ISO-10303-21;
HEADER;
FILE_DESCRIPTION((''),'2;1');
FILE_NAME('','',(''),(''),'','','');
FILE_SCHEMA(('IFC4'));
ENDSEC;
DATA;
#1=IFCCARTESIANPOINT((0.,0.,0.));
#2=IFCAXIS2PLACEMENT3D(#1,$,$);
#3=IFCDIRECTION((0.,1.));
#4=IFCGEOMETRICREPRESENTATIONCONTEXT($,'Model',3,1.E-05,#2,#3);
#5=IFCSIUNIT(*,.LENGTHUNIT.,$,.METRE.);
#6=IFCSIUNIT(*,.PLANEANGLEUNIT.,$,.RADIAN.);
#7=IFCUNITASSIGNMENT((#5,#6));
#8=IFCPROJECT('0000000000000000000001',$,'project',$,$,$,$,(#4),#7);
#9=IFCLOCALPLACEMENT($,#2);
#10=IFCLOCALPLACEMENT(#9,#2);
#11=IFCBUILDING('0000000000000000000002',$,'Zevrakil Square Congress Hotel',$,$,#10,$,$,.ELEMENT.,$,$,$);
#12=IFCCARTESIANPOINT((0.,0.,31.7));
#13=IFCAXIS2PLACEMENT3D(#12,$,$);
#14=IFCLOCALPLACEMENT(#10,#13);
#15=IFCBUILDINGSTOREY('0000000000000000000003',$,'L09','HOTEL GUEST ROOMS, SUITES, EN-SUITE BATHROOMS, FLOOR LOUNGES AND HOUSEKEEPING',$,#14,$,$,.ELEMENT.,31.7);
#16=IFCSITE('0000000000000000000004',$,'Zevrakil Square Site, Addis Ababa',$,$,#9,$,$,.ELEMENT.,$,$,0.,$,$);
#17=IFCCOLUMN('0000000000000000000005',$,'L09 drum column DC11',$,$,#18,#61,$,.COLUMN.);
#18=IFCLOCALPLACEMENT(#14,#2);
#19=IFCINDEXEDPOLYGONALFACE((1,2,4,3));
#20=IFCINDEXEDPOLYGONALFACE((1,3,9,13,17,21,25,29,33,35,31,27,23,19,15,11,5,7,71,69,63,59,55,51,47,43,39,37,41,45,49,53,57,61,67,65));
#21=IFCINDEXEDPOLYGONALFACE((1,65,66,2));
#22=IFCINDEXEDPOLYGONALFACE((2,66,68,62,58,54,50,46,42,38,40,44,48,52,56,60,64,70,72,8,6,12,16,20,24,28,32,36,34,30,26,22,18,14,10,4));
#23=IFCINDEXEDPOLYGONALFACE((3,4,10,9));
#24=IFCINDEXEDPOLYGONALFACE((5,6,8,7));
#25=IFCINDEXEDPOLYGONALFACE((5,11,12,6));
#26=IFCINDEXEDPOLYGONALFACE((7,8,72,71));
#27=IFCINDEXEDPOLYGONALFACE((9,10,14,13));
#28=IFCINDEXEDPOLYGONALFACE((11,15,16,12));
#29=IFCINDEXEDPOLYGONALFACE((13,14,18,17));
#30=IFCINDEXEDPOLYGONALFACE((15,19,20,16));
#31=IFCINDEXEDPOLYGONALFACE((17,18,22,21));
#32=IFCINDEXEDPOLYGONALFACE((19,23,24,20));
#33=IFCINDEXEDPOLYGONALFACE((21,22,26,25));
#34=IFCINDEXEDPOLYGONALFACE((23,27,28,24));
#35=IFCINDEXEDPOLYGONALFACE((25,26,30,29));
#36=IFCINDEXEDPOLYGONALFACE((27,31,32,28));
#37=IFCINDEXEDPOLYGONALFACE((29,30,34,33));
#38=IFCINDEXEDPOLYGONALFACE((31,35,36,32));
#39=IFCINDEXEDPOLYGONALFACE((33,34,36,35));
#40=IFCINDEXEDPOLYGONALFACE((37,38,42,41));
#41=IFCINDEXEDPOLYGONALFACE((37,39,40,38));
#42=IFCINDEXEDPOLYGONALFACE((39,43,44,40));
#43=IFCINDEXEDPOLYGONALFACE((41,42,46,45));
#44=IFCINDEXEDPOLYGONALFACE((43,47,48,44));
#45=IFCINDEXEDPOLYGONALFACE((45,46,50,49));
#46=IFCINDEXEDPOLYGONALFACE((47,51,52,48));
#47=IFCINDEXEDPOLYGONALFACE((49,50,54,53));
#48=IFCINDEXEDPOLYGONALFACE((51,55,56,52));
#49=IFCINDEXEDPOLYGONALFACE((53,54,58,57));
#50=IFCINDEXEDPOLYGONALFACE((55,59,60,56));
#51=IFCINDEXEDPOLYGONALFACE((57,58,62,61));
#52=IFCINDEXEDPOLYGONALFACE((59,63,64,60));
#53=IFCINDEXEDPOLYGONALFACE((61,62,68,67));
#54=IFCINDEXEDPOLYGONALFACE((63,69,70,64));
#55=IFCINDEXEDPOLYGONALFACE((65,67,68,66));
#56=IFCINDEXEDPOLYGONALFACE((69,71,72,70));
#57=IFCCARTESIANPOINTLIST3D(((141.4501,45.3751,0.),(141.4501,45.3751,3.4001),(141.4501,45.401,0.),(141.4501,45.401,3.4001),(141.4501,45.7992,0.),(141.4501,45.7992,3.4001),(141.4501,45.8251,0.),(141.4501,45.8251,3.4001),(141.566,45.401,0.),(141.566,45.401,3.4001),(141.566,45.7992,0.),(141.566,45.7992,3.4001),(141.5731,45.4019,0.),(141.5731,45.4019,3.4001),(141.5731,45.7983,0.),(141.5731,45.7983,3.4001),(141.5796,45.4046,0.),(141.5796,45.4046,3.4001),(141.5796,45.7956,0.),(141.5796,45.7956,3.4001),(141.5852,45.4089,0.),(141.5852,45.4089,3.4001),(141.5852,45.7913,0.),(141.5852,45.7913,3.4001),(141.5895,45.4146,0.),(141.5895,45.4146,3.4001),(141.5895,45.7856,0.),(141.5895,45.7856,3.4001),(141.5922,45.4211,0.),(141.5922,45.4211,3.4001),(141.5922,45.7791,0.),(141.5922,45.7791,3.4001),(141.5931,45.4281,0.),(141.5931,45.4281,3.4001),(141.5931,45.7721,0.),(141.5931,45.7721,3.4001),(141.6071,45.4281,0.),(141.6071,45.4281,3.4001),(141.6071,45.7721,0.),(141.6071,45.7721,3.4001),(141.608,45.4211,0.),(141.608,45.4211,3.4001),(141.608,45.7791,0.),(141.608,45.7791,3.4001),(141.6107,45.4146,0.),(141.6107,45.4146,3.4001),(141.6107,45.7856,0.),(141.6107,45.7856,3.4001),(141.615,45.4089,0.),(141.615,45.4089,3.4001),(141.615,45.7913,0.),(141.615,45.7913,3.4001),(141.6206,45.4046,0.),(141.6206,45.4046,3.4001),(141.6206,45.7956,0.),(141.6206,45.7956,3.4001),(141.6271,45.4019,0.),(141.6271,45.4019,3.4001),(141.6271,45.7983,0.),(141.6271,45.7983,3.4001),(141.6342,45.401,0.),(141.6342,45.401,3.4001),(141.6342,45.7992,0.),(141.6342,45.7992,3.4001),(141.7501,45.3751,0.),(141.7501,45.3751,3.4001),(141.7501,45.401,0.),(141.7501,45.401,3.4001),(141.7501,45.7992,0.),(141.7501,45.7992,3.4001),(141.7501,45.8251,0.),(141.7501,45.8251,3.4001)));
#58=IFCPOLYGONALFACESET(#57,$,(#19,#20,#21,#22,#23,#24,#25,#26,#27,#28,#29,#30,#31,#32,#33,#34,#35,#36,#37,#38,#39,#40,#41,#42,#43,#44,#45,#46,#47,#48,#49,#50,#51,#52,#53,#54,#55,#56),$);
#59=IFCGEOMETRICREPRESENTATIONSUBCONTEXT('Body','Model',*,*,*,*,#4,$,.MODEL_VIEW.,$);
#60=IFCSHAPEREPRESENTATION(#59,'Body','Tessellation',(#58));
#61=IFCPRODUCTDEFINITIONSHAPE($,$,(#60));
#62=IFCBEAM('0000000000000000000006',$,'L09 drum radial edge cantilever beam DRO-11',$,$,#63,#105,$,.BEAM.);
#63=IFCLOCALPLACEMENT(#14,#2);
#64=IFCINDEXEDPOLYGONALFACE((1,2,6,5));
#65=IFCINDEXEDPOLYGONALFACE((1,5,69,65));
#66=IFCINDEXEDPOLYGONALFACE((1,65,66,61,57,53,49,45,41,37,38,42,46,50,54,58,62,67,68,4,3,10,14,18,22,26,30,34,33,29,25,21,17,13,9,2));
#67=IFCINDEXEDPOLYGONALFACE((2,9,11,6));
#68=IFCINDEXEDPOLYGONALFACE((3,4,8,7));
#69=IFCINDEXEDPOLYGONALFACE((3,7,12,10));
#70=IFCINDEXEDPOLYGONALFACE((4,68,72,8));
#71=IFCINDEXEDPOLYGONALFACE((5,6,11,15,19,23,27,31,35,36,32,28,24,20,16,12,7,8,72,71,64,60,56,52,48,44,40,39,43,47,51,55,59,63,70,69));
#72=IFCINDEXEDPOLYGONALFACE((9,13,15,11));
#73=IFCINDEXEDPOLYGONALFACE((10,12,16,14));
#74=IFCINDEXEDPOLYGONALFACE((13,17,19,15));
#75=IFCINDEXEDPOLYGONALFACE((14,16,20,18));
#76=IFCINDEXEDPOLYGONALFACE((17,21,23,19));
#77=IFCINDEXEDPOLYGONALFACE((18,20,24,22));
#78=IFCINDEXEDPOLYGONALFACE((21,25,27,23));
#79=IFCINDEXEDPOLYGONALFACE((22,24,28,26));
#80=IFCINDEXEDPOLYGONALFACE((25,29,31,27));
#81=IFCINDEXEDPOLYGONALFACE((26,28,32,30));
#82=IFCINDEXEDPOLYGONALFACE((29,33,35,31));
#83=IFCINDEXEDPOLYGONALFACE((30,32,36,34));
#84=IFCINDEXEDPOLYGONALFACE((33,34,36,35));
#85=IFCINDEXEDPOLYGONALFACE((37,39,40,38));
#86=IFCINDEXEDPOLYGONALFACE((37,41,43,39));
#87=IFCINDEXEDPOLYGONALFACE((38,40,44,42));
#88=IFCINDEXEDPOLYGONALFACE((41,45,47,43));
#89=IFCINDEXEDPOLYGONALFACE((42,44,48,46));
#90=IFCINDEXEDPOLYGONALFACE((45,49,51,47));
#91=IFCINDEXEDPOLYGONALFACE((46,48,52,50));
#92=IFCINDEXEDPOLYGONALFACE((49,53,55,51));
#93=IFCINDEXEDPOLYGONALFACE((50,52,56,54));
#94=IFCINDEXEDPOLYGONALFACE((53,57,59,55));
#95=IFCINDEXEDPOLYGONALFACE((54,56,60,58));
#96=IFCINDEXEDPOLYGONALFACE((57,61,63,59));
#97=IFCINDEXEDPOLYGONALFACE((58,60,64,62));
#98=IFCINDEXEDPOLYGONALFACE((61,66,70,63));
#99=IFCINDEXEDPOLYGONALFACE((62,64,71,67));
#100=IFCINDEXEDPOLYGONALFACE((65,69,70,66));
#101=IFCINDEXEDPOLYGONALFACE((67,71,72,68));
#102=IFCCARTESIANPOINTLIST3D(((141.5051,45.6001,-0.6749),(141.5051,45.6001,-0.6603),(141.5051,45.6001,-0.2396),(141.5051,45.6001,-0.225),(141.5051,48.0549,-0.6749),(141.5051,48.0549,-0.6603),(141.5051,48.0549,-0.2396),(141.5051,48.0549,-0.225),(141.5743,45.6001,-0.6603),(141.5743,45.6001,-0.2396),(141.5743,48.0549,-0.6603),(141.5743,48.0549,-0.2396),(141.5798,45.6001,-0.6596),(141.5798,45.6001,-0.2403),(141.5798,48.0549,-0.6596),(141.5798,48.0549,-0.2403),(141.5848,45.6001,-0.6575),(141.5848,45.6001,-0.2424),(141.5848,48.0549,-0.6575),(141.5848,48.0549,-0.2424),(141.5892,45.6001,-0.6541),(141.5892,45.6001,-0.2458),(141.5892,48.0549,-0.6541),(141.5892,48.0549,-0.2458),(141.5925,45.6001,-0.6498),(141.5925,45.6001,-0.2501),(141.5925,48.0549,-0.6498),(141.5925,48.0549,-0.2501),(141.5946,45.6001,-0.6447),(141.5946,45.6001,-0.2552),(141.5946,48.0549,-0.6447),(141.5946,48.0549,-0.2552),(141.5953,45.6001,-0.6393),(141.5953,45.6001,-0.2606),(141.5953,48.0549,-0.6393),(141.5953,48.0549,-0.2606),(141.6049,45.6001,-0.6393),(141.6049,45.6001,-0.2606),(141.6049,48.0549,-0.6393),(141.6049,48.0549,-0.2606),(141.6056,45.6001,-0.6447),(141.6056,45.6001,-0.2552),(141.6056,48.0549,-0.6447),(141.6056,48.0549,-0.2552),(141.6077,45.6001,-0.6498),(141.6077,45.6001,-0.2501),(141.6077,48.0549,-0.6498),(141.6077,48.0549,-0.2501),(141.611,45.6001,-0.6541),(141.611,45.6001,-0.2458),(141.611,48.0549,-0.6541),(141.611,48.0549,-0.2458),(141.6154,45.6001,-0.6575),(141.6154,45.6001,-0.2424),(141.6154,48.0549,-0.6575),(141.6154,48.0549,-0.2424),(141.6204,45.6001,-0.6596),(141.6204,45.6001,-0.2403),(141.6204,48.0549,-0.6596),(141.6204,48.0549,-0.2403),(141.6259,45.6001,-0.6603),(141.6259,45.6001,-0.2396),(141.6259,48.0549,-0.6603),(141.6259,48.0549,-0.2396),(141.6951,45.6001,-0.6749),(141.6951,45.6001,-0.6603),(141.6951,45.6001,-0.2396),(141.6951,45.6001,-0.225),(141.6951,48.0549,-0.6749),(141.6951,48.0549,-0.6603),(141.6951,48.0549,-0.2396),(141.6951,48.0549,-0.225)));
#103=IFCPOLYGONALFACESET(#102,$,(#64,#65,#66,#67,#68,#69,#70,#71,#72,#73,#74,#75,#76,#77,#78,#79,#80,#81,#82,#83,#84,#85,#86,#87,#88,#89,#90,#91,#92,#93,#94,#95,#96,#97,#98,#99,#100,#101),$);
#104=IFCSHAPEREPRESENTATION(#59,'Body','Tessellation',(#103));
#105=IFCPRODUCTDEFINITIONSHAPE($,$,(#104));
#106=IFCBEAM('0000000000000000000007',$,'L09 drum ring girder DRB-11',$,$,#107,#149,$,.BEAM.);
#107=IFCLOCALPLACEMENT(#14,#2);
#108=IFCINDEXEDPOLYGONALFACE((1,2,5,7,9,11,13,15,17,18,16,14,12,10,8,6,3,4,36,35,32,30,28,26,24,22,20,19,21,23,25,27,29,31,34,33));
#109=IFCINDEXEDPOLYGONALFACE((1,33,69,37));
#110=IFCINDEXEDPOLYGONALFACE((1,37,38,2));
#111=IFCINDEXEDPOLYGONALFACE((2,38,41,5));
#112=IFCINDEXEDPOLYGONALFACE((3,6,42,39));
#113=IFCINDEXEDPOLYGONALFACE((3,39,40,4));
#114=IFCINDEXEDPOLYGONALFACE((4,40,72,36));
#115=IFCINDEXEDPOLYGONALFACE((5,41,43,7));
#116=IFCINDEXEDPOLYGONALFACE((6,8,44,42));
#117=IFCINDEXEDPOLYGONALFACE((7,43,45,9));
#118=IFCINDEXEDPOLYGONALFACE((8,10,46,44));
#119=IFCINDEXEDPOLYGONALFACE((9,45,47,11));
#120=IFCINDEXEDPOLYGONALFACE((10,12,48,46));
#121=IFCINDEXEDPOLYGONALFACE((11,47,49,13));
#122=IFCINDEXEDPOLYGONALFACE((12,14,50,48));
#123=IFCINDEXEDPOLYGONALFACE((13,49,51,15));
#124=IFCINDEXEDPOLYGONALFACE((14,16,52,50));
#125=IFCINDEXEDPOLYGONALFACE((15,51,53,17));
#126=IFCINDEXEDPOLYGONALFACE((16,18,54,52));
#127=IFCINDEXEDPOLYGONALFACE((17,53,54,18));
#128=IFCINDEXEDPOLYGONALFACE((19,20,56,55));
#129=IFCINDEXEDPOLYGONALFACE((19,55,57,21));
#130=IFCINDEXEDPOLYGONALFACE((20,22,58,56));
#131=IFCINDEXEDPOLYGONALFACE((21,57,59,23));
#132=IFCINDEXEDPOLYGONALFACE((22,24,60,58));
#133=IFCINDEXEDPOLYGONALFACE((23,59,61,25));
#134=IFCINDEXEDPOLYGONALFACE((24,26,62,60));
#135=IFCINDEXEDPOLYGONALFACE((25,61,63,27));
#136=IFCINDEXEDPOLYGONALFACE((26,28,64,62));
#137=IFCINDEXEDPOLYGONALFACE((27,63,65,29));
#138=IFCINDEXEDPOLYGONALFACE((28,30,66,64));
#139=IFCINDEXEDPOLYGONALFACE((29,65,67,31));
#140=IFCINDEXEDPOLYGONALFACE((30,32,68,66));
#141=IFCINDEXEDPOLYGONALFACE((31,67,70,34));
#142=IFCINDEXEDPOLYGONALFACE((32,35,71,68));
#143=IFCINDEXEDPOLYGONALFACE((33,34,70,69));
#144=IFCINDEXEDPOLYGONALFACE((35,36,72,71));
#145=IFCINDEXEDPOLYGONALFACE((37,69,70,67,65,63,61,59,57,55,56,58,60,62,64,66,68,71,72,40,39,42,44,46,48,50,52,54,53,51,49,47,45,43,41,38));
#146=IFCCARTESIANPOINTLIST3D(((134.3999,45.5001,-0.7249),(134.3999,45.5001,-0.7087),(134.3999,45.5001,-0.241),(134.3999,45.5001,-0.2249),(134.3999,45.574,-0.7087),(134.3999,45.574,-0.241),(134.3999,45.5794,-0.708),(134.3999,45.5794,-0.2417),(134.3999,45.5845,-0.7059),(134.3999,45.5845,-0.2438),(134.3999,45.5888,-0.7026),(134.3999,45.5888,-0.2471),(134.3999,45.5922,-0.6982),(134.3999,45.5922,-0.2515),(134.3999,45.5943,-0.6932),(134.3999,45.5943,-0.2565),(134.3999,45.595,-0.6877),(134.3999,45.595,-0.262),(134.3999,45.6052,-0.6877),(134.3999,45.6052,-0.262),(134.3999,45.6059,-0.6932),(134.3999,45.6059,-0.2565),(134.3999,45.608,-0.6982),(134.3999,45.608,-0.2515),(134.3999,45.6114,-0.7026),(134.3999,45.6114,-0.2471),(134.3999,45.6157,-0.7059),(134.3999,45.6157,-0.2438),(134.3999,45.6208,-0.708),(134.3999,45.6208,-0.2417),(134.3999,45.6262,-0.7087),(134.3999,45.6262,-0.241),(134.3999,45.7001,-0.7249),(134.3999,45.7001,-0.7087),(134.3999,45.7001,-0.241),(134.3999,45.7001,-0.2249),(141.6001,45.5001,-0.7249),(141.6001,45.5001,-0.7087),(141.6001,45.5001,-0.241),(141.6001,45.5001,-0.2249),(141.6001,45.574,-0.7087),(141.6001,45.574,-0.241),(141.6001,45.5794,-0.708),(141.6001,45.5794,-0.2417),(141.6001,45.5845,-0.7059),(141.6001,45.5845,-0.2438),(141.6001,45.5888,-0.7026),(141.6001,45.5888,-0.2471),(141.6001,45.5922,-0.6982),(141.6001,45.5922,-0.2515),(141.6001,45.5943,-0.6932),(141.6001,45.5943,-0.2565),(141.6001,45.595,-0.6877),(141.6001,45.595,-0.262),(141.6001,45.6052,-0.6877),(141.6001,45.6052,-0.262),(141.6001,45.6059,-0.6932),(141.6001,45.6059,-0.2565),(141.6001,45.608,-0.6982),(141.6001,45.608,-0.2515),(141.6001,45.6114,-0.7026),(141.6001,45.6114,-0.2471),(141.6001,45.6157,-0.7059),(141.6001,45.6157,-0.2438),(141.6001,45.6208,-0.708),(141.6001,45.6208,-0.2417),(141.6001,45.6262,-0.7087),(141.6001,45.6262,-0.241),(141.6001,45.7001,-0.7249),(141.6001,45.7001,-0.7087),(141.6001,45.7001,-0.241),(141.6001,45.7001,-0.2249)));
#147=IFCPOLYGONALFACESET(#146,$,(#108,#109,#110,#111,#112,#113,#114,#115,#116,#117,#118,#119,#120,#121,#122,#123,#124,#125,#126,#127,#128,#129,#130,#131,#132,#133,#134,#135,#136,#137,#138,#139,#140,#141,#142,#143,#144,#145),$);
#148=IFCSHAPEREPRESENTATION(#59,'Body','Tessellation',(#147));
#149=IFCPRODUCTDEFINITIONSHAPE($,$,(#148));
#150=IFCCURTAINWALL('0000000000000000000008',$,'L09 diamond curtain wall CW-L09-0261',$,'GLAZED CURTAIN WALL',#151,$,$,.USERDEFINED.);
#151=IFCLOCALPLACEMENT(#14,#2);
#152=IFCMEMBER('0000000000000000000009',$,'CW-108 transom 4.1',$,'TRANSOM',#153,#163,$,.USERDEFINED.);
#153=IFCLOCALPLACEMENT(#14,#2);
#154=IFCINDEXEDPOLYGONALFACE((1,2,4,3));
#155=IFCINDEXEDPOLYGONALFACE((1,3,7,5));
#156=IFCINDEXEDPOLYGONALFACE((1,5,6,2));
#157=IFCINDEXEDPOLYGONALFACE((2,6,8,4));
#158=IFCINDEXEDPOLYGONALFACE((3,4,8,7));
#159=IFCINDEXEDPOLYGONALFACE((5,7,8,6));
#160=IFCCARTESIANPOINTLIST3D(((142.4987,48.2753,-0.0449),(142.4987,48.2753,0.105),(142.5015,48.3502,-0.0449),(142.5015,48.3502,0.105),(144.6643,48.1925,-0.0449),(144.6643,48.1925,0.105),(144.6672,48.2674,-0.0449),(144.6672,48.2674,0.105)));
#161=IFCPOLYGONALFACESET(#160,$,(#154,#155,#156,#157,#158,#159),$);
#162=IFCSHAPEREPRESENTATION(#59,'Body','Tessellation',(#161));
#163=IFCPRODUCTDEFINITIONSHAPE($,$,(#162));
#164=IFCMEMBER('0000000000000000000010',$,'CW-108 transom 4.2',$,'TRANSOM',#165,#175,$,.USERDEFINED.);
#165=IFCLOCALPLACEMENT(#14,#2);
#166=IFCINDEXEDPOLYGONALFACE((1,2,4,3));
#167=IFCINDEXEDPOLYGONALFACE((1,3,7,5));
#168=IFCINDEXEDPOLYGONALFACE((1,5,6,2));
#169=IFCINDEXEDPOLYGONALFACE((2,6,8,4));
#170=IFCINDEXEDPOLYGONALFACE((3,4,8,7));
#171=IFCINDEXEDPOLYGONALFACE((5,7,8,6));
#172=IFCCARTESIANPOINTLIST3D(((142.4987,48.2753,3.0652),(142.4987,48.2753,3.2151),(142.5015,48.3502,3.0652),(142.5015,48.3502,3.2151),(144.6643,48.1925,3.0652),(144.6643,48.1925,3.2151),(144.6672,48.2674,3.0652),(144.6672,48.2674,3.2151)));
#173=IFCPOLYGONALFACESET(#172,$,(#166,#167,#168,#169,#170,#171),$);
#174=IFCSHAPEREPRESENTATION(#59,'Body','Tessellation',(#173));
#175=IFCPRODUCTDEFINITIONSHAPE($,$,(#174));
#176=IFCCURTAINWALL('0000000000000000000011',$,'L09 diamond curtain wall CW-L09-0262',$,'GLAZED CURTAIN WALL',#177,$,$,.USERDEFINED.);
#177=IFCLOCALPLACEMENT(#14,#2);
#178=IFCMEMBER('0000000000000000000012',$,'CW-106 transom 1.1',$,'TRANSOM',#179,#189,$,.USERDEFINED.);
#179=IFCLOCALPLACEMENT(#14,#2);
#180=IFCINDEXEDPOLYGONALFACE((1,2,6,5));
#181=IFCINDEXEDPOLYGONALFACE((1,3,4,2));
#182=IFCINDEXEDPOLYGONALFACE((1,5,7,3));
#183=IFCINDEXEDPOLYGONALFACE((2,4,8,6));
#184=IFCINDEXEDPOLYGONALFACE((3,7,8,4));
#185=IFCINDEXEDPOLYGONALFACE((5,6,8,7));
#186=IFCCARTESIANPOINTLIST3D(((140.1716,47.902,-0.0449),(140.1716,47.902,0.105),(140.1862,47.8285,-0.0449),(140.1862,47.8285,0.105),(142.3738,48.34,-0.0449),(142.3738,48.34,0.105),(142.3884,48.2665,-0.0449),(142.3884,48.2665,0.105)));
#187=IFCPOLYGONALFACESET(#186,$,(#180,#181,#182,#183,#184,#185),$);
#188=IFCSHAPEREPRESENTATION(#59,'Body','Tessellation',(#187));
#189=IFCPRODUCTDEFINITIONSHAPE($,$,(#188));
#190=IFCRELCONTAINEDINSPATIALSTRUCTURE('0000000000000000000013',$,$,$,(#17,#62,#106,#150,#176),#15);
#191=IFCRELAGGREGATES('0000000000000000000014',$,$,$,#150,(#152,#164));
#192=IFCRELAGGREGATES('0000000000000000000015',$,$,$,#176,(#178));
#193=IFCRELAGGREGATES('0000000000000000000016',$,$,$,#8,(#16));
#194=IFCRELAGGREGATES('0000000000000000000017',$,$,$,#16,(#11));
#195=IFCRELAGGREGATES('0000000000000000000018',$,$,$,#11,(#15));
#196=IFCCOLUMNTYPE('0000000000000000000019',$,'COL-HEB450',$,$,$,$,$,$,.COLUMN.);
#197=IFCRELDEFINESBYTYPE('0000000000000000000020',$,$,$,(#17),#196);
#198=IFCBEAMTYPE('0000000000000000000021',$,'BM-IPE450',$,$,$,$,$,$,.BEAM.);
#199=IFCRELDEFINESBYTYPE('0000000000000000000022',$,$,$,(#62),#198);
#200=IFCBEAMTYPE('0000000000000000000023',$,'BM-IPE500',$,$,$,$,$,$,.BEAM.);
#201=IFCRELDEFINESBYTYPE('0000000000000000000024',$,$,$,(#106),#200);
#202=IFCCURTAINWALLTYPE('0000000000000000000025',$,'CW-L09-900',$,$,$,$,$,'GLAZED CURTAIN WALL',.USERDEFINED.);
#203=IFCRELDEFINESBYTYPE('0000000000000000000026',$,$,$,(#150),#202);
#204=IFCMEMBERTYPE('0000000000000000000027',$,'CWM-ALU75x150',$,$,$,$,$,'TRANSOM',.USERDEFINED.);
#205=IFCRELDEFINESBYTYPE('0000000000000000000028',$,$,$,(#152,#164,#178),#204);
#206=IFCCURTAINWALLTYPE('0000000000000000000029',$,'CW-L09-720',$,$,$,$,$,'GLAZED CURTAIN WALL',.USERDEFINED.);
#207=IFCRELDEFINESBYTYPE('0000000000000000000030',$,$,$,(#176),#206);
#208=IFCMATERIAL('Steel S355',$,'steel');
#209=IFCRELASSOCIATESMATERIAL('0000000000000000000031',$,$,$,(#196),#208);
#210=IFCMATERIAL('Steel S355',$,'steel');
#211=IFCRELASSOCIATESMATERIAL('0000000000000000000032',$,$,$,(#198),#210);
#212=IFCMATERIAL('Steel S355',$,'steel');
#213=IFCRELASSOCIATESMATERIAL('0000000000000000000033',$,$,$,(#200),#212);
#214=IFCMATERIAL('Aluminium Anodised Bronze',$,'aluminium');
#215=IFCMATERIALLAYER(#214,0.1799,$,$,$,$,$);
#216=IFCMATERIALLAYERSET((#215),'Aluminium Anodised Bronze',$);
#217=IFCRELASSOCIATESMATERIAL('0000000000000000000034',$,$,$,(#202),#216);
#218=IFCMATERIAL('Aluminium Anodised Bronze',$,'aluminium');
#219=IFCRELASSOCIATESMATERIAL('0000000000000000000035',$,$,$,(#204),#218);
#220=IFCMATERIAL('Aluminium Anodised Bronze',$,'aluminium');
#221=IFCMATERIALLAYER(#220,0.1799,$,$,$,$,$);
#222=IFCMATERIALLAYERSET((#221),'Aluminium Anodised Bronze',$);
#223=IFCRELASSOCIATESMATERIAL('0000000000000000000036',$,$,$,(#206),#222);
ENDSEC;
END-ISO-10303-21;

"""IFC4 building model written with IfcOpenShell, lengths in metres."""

from ifc_helpers import new_model, si_unit, direction, frame, origin, origin_2d, place, context, subcontext, project, spatial, rectangle, i_section, extrude, material, layer, layer_set, material_profile, profile_set, type_object, element, aggregate, save


model = new_model("IFC4")

# Units and contexts
model_context = context("Model", 3, precision=1e-05, world=origin(), true_north=direction((0.0, 1.0)))
body_context = subcontext(model_context, "Body", "Model", "MODEL_VIEW")
ifc_project = project(units=[si_unit("LENGTHUNIT", "METRE"), si_unit("PLANEANGLEUNIT", "RADIAN")], contexts=[model_context])

# Site, building, storey
site_placement = place(None, origin())
site = spatial("IfcSite", under=ifc_project, at=site_placement, Name="Zevrakil Square Site, Addis Ababa", CompositionType="ELEMENT", RefElevation=0.0)
building_placement = place(site_placement, origin())
building = spatial("IfcBuilding", under=site, at=building_placement, Name="Zevrakil Square Congress Hotel", CompositionType="ELEMENT")
storey_placement = place(building_placement, frame((0.0, 0.0, 31.7)))
storey = spatial("IfcBuildingStorey", under=building, at=storey_placement, Name="L09", Description="HOTEL GUEST ROOMS, SUITES, EN-SUITE BATHROOMS, FLOOR LOUNGES AND HOUSEKEEPING", CompositionType="ELEMENT", Elevation=31.7)

# Column
ifc_material_1 = material(Name="Steel S355", Category="steel")
ifc_material_profile_1 = material_profile(ifc_material_1, i_section(OverallWidth=0.3, OverallDepth=0.45, WebThickness=0.0139, FlangeThickness=0.0259, FilletRadius=0.0271, at=origin_2d()), Name="HEB 450")
ifc_profile_set_1 = profile_set([ifc_material_profile_1], Name="Steel S355")
column_type = type_object("IfcColumnType", Name="COL-HEB450", PredefinedType="COLUMN", material=ifc_profile_set_1)
column_placement = place(storey_placement, frame((141.6001, 45.6001, 0.0), z_axis=(0.0, 0.0, 1.0), x_axis=(1.0, 0.0, 0.0)))
element("IfcColumn", 1, at=column_placement, inside=storey, type_object=column_type, Name="L09 drum column DC11", PredefinedType="COLUMN", context=body_context, shape_type="SweptSolid", body=[
    extrude(i_section(OverallWidth=0.3, OverallDepth=0.45, WebThickness=0.0139, FlangeThickness=0.0259, FilletRadius=0.0271, at=origin_2d()), origin(), (0.0, 0.0, 1.0), 3.4001),
])

# Beams
ifc_material_2 = material(Name="Steel S355", Category="steel")
ifc_material_profile_2 = material_profile(ifc_material_2, i_section(OverallWidth=0.1899, OverallDepth=0.45, WebThickness=0.0095, FlangeThickness=0.0146, FilletRadius=0.021, at=origin_2d()), Name="IPE 450")
ifc_profile_set_2 = profile_set([ifc_material_profile_2], Name="Steel S355")
beam_type_1 = type_object("IfcBeamType", Name="BM-IPE450", PredefinedType="BEAM", material=ifc_profile_set_2)
beam_1_placement = place(storey_placement, frame((141.6001, 45.6001, -0.45), z_axis=(0.0, 1.0, 0.0), x_axis=(-1.0, 0.0, 0.0)))
element("IfcBeam", 2, at=beam_1_placement, inside=storey, type_object=beam_type_1, Name="L09 drum radial edge cantilever beam DRO-11", PredefinedType="BEAM", context=body_context, shape_type="SweptSolid", body=[
    extrude(i_section(OverallWidth=0.1899, OverallDepth=0.45, WebThickness=0.0095, FlangeThickness=0.0146, FilletRadius=0.021, at=origin_2d()), origin(), (0.0, 0.0, 1.0), 2.4548),
])
ifc_material_3 = material(Name="Steel S355", Category="steel")
ifc_material_profile_3 = material_profile(ifc_material_3, i_section(OverallWidth=0.2, OverallDepth=0.5, WebThickness=0.0103, FlangeThickness=0.0161, FilletRadius=0.021, at=origin_2d()), Name="IPE 500")
ifc_profile_set_3 = profile_set([ifc_material_profile_3], Name="Steel S355")
beam_type_2 = type_object("IfcBeamType", Name="BM-IPE500", PredefinedType="BEAM", material=ifc_profile_set_3)
beam_2_placement = place(storey_placement, frame((141.6001, 45.6001, -0.4749), z_axis=(-1.0, 0.0, 0.0), x_axis=(0.0, -1.0, 0.0)))
element("IfcBeam", 3, at=beam_2_placement, inside=storey, type_object=beam_type_2, Name="L09 drum ring girder DRB-11", PredefinedType="BEAM", context=body_context, shape_type="SweptSolid", body=[
    extrude(i_section(OverallWidth=0.2, OverallDepth=0.5, WebThickness=0.0103, FlangeThickness=0.0161, FilletRadius=0.021, at=origin_2d()), origin(), (0.0, 0.0, 1.0), 7.2002),
])

# Curtain walls, members
ifc_material_4 = material(Name="Aluminium Anodised Bronze", Category="aluminium")
ifc_layer_1 = layer(ifc_material_4, 0.1799)
ifc_layer_set_1 = layer_set([ifc_layer_1], Name="Aluminium Anodised Bronze")
curtain_wall_type_1 = type_object("IfcCurtainWallType", Name="CW-L09-900", ElementType="GLAZED CURTAIN WALL", PredefinedType="USERDEFINED", material=ifc_layer_set_1)
curtain_wall_1_placement = place(storey_placement, origin())
curtain_wall_1 = element("IfcCurtainWall", 4, at=curtain_wall_1_placement, inside=storey, type_object=curtain_wall_type_1, Name="L09 diamond curtain wall CW-L09-0261", ObjectType="GLAZED CURTAIN WALL", PredefinedType="USERDEFINED")
ifc_material_5 = material(Name="Aluminium Anodised Bronze", Category="aluminium")
ifc_material_profile_4 = material_profile(ifc_material_5, rectangle(XDim=0.075, YDim=0.1499, at=origin_2d()), Name="ALU 75x150")
ifc_profile_set_4 = profile_set([ifc_material_profile_4], Name="Aluminium Anodised Bronze")
member_type_1 = type_object("IfcMemberType", Name="CWM-ALU75x150", ElementType="TRANSOM", PredefinedType="USERDEFINED", material=ifc_profile_set_4)
member_1_placement = place(storey_placement, frame((144.6658, 48.23, 0.03), z_axis=(-0.999271, 0.038187, 0.0), x_axis=(-0.038187, -0.999271, 0.0)))
member_1 = element("IfcMember", 5, at=member_1_placement, type_object=member_type_1, Name="CW-108 transom 4.1", ObjectType="TRANSOM", PredefinedType="USERDEFINED", context=body_context, shape_type="SweptSolid", body=[
    extrude(rectangle(XDim=0.075, YDim=0.1499, at=origin_2d()), origin(), (0.0, 0.0, 1.0), 2.1672),
])
member_2_placement = place(storey_placement, frame((144.6658, 48.23, 3.1401), z_axis=(-0.999271, 0.038187, 0.0), x_axis=(-0.038187, -0.999271, 0.0)))
member_2 = element("IfcMember", 6, at=member_2_placement, type_object=member_type_1, Name="CW-108 transom 4.2", ObjectType="TRANSOM", PredefinedType="USERDEFINED", context=body_context, shape_type="SweptSolid", body=[
    extrude(rectangle(XDim=0.075, YDim=0.1499, at=origin_2d()), origin(), (0.0, 0.0, 1.0), 2.1672),
])
ifc_material_6 = material(Name="Aluminium Anodised Bronze", Category="aluminium")
ifc_layer_2 = layer(ifc_material_6, 0.1799)
ifc_layer_set_2 = layer_set([ifc_layer_2], Name="Aluminium Anodised Bronze")
curtain_wall_type_2 = type_object("IfcCurtainWallType", Name="CW-L09-720", ElementType="GLAZED CURTAIN WALL", PredefinedType="USERDEFINED", material=ifc_layer_set_2)
curtain_wall_2_placement = place(storey_placement, origin())
curtain_wall_2 = element("IfcCurtainWall", 7, at=curtain_wall_2_placement, inside=storey, type_object=curtain_wall_type_2, Name="L09 diamond curtain wall CW-L09-0262", ObjectType="GLAZED CURTAIN WALL", PredefinedType="USERDEFINED")
member_3_placement = place(storey_placement, frame((142.3811, 48.3032, 0.03), z_axis=(-0.980789, -0.19507, 0.0), x_axis=(0.19507, -0.980789, 0.0)))
member_3 = element("IfcMember", 8, at=member_3_placement, type_object=member_type_1, Name="CW-106 transom 1.1", ObjectType="TRANSOM", PredefinedType="USERDEFINED", context=body_context, shape_type="SweptSolid", body=[
    extrude(rectangle(XDim=0.075, YDim=0.1499, at=origin_2d()), origin(), (0.0, 0.0, 1.0), 2.2454),
])

aggregate(curtain_wall_1, [member_1, member_2])
aggregate(curtain_wall_2, [member_3])

save(model, "model.ifc")
